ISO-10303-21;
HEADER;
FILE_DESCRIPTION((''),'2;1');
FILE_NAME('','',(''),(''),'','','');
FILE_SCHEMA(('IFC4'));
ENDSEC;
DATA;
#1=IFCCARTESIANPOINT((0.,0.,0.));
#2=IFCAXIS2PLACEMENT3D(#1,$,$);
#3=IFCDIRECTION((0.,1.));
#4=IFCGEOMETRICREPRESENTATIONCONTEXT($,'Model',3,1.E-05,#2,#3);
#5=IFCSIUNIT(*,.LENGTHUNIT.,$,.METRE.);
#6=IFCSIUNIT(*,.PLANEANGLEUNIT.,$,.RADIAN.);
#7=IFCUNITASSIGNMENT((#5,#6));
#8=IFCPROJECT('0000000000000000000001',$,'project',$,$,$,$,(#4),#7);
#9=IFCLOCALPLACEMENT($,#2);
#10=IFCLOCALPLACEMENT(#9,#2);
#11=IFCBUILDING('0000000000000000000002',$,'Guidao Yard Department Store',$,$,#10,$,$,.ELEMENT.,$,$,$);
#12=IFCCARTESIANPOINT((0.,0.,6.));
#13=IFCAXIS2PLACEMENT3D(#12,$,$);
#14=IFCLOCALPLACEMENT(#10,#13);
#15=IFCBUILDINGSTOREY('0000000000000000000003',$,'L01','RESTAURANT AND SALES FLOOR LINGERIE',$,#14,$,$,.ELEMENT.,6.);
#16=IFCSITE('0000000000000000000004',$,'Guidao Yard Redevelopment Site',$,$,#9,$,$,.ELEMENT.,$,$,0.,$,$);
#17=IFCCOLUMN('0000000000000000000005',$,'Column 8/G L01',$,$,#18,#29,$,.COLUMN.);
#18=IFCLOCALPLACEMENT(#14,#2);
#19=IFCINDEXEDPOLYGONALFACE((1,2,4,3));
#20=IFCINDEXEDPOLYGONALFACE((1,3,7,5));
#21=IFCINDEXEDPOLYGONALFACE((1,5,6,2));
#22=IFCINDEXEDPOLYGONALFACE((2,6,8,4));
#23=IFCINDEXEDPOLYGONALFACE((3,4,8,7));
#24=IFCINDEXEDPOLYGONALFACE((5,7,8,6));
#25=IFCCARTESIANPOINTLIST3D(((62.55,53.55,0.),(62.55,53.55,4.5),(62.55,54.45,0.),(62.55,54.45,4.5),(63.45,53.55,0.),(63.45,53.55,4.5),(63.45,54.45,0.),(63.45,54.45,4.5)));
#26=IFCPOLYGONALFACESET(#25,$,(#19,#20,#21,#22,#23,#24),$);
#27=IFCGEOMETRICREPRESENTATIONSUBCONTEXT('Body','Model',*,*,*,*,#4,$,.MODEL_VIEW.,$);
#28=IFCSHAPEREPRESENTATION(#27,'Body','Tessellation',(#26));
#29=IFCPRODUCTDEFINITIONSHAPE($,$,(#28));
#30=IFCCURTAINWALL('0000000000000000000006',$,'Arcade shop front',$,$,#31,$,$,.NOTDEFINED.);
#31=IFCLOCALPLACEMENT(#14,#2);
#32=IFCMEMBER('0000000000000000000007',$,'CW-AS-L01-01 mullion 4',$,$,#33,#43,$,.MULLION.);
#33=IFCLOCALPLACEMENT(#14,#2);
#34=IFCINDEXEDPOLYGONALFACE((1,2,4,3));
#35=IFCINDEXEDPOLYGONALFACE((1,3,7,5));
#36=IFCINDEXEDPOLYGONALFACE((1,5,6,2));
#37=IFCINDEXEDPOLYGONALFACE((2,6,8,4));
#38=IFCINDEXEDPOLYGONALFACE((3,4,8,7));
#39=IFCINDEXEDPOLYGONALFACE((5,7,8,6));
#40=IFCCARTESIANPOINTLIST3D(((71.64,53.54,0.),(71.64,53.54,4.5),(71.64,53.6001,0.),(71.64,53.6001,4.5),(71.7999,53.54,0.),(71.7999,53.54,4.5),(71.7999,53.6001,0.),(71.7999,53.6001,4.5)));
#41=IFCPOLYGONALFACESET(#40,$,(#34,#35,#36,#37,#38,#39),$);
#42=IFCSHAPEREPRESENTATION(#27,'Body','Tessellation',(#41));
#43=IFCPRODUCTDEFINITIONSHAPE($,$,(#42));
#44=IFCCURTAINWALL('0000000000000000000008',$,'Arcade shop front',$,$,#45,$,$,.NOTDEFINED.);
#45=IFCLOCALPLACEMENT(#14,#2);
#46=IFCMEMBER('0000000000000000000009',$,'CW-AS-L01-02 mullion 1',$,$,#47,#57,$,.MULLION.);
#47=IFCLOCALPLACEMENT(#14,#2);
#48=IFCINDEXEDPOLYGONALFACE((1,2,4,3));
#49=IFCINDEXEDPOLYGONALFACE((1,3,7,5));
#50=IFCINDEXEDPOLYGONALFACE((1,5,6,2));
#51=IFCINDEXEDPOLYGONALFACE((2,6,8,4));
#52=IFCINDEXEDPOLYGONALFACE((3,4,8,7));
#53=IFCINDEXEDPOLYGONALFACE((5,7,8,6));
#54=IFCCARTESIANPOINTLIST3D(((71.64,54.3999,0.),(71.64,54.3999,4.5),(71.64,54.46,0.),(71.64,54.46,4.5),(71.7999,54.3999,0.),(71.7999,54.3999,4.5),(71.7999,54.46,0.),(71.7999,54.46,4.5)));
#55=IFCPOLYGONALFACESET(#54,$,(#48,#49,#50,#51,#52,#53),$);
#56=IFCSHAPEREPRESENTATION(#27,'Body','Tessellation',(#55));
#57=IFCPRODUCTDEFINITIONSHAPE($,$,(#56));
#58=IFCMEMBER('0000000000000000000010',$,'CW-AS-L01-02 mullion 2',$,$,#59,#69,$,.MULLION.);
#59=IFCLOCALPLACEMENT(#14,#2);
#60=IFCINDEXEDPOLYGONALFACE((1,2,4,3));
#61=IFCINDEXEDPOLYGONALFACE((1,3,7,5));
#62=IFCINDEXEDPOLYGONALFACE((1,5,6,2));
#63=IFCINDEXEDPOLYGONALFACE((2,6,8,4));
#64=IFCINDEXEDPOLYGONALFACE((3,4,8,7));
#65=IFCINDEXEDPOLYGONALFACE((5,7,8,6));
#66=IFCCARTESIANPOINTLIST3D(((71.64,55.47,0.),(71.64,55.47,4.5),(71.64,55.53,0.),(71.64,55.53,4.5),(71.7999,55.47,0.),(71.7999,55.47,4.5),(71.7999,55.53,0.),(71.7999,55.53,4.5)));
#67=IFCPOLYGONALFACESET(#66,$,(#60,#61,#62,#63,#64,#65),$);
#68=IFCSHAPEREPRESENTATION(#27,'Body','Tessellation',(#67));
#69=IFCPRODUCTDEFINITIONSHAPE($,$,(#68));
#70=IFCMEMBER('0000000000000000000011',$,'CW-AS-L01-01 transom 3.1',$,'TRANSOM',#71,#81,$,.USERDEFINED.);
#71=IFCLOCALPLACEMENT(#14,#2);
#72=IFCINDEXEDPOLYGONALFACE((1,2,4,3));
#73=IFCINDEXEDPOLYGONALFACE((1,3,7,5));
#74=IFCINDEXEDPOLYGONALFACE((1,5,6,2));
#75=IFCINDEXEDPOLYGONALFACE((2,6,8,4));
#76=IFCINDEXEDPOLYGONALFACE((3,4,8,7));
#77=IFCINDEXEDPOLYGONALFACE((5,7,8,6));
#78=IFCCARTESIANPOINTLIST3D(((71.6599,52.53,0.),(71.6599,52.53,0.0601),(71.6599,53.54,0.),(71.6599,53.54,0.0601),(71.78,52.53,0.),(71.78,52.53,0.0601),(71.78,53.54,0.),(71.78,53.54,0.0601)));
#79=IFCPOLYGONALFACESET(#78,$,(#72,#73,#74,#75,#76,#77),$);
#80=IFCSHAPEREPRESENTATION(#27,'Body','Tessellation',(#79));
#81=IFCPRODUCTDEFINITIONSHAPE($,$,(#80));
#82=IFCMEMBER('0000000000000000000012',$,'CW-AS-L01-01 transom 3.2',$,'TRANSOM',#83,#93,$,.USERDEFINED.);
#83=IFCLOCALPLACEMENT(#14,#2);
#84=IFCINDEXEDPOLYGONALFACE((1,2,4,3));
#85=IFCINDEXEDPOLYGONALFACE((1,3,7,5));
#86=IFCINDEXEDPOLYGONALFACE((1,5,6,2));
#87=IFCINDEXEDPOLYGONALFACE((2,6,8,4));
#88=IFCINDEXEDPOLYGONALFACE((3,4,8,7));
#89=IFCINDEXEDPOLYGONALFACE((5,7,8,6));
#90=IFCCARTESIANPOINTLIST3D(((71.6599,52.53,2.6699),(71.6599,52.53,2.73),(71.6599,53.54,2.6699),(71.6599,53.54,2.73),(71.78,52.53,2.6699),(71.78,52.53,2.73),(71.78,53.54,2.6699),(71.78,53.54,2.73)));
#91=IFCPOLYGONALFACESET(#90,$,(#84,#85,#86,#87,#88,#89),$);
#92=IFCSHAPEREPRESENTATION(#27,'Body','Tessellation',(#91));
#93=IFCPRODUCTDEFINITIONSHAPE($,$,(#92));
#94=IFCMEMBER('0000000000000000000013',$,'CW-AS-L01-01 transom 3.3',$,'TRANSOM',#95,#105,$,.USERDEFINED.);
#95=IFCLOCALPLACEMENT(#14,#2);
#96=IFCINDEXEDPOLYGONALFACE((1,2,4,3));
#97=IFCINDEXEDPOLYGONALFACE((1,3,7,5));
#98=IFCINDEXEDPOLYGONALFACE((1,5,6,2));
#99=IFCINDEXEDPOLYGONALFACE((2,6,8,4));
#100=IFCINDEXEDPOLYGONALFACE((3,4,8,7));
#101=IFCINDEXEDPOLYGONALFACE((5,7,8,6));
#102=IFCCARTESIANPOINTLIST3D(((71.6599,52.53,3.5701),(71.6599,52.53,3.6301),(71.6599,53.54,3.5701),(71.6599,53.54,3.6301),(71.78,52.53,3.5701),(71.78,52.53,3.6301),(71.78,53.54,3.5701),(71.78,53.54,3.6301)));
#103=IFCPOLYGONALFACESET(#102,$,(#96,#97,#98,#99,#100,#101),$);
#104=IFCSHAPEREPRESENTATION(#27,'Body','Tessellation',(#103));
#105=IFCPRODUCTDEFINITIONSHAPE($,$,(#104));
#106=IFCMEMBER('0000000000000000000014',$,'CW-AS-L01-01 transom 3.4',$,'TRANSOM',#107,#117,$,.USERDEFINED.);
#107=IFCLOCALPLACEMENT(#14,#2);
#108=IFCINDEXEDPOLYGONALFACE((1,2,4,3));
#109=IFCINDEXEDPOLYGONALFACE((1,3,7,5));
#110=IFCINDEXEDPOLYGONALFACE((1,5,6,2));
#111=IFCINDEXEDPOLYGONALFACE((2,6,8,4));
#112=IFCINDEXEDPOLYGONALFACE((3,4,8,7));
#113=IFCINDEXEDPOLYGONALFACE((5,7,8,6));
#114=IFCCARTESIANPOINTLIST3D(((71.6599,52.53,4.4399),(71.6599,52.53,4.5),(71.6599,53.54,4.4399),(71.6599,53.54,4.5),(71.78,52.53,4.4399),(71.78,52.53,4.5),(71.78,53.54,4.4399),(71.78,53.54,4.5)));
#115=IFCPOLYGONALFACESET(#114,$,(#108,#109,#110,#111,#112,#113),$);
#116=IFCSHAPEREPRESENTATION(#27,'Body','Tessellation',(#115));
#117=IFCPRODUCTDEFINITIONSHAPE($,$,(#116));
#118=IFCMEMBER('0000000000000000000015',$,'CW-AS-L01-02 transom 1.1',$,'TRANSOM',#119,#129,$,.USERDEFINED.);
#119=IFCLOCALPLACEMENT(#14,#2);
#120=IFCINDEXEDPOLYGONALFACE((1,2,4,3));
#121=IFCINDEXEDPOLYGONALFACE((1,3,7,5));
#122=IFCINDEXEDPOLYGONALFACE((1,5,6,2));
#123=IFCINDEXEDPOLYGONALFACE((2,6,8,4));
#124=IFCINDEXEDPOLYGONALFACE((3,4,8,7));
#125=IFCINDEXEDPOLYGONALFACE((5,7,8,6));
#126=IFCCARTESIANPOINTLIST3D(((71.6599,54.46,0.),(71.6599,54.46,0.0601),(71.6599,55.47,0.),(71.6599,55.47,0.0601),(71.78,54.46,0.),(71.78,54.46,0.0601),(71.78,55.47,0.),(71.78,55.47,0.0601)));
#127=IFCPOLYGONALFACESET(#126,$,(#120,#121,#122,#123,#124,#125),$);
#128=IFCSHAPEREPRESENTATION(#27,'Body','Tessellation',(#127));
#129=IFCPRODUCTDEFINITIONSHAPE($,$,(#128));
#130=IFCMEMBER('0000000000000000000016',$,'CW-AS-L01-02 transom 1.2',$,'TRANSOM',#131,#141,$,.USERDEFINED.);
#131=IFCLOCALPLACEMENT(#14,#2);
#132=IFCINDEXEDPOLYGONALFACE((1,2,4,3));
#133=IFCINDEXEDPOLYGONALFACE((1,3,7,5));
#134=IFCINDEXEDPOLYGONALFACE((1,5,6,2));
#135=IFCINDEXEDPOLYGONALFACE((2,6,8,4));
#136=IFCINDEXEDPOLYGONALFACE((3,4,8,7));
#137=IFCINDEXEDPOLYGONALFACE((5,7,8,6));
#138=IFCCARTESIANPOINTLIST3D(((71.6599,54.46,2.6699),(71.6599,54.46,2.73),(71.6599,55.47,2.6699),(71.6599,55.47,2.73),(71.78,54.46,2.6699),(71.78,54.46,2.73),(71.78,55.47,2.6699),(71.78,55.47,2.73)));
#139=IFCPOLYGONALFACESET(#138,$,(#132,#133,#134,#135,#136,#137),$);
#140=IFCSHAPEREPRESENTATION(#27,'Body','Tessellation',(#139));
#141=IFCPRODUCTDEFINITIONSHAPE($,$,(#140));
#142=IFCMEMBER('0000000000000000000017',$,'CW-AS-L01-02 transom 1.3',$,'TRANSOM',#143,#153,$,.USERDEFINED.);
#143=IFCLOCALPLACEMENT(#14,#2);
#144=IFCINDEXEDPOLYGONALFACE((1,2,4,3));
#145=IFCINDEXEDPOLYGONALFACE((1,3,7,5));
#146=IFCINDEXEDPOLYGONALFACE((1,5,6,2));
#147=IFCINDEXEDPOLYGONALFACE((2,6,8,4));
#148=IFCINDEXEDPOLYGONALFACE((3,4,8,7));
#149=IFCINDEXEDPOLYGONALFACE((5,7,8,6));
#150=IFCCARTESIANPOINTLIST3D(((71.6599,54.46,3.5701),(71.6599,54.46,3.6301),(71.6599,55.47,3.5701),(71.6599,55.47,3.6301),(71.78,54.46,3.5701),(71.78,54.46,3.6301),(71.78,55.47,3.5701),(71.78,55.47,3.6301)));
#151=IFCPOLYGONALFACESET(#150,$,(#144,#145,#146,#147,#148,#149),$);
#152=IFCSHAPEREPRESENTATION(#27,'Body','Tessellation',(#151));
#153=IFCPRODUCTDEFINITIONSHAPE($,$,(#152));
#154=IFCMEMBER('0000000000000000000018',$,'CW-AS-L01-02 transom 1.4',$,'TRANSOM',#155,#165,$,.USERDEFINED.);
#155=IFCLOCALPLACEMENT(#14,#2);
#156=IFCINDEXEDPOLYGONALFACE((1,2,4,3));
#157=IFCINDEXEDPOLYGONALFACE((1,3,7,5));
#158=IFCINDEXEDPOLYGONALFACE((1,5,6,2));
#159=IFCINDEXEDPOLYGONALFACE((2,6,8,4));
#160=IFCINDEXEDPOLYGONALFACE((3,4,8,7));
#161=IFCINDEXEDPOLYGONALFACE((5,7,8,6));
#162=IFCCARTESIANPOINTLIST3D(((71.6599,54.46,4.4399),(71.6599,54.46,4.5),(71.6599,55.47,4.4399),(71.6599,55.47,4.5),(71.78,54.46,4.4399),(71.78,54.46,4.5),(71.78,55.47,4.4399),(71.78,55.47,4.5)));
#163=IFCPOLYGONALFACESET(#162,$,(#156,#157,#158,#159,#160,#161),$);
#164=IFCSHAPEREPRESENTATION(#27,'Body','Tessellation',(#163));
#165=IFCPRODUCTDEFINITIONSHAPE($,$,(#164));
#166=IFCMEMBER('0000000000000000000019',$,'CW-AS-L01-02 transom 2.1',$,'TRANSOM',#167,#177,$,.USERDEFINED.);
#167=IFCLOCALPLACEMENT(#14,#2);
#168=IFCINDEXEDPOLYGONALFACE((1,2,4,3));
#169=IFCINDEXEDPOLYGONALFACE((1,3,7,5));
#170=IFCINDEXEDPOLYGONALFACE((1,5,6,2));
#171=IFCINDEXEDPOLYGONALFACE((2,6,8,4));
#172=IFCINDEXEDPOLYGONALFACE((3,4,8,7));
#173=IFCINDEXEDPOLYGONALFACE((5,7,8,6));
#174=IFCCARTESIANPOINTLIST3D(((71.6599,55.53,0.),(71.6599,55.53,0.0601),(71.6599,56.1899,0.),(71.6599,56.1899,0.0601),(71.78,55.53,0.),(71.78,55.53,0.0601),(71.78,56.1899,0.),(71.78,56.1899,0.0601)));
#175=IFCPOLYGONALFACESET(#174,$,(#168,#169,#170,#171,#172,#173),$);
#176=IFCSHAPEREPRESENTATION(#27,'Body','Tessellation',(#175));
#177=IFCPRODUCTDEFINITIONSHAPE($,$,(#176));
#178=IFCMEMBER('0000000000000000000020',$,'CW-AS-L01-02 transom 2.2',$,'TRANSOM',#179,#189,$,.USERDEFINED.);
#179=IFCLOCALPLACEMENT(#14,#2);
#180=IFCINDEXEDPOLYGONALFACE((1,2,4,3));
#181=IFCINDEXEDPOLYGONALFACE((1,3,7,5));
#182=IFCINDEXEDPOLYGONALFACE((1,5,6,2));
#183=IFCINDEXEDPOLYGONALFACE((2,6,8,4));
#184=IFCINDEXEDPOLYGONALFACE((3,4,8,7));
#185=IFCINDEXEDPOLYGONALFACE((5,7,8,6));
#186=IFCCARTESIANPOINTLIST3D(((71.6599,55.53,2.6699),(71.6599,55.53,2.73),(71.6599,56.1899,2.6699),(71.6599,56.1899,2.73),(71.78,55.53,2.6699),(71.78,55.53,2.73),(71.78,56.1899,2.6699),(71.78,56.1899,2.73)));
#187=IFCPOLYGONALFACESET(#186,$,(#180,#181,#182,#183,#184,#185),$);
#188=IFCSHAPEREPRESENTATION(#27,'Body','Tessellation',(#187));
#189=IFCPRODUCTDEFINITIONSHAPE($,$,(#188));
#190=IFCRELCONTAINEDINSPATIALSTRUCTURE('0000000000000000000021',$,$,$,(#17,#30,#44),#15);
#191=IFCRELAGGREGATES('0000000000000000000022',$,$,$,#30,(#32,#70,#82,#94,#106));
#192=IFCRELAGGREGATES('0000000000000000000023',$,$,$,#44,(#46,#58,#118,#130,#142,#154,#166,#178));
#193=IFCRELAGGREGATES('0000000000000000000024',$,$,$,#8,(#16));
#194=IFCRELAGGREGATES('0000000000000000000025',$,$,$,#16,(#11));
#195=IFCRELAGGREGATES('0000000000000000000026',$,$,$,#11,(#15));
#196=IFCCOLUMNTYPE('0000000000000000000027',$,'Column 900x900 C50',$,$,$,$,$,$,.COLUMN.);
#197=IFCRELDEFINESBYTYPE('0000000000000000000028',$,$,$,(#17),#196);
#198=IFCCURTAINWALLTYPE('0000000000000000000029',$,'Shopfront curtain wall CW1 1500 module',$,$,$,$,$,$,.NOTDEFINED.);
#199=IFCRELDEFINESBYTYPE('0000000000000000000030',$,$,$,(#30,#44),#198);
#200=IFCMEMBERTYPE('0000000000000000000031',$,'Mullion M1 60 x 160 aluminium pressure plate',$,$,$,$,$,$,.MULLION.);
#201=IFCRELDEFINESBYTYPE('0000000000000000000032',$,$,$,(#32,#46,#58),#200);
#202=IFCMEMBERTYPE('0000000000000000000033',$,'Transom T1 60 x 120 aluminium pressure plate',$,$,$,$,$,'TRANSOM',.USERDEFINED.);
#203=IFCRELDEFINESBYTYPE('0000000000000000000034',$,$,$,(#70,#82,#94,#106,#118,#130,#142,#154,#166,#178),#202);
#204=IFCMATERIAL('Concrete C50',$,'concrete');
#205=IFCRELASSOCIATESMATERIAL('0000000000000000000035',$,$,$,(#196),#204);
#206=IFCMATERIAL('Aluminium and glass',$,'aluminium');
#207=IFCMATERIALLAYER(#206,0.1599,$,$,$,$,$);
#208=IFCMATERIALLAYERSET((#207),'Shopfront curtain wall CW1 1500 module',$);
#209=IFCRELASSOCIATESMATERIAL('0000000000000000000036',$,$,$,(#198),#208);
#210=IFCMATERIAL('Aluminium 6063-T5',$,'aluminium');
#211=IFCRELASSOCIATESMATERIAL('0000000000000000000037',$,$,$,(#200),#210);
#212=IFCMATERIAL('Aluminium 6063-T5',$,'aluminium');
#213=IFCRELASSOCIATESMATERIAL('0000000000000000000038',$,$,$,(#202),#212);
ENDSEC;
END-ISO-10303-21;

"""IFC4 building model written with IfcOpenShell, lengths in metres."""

from ifc_helpers import new_model, si_unit, direction, frame, origin, origin_2d, place, context, subcontext, project, spatial, rectangle, extrude, material, layer, layer_set, material_profile, profile_set, type_object, element, aggregate, save


model = new_model("IFC4")

# Units and contexts
model_context = context("Model", 3, precision=1e-05, world=origin(), true_north=direction((0.0, 1.0)))
body_context = subcontext(model_context, "Body", "Model", "MODEL_VIEW")
ifc_project = project(units=[si_unit("LENGTHUNIT", "METRE"), si_unit("PLANEANGLEUNIT", "RADIAN")], contexts=[model_context])

# Site, building, storey
site_placement = place(None, origin())
site = spatial("IfcSite", under=ifc_project, at=site_placement, Name="Guidao Yard Redevelopment Site", CompositionType="ELEMENT", RefElevation=0.0)
building_placement = place(site_placement, origin())
building = spatial("IfcBuilding", under=site, at=building_placement, Name="Guidao Yard Department Store", CompositionType="ELEMENT")
storey_placement = place(building_placement, frame((0.0, 0.0, 6.0)))
storey = spatial("IfcBuildingStorey", under=building, at=storey_placement, Name="L01", Description="RESTAURANT AND SALES FLOOR LINGERIE", CompositionType="ELEMENT", Elevation=6.0)

# Column
ifc_material_1 = material(Name="Concrete C50", Category="concrete")
ifc_material_profile_1 = material_profile(ifc_material_1, rectangle(XDim=0.8999, YDim=0.8999, at=origin_2d()), Name="COL 900x900")
ifc_profile_set_1 = profile_set([ifc_material_profile_1], Name="Concrete C50")
column_type = type_object("IfcColumnType", Name="Column 900x900 C50", PredefinedType="COLUMN", material=ifc_profile_set_1)
column_placement = place(storey_placement, frame((63.0, 54.0, 0.0), z_axis=(0.0, 0.0, 1.0), x_axis=(1.0, 0.0, 0.0)))
element("IfcColumn", 1, at=column_placement, inside=storey, type_object=column_type, Name="Column 8/G L01", PredefinedType="COLUMN", context=body_context, shape_type="SweptSolid", body=[
    extrude(rectangle(XDim=0.8999, YDim=0.8999, at=origin_2d()), origin(), (0.0, 0.0, 1.0), 4.5),
])

# Curtain wall, member
ifc_material_2 = material(Name="Aluminium and glass", Category="aluminium")
ifc_layer_1 = layer(ifc_material_2, 0.1599)
ifc_layer_set_1 = layer_set([ifc_layer_1], Name="Shopfront curtain wall CW1 1500 module")
curtain_wall_type = type_object("IfcCurtainWallType", Name="Shopfront curtain wall CW1 1500 module", PredefinedType="NOTDEFINED", material=ifc_layer_set_1)
curtain_wall_1_placement = place(storey_placement, origin())
curtain_wall_1 = element("IfcCurtainWall", 2, at=curtain_wall_1_placement, inside=storey, type_object=curtain_wall_type, Name="Arcade shop front", PredefinedType="NOTDEFINED")
ifc_material_3 = material(Name="Aluminium 6063-T5", Category="aluminium")
ifc_material_profile_2 = material_profile(ifc_material_3, rectangle(XDim=0.0601, YDim=0.1599, at=origin_2d()), Name="Mullion M1 60 x 160 aluminium pressure plate")
ifc_profile_set_2 = profile_set([ifc_material_profile_2], Name="Aluminium 6063-T5")
member_type_1 = type_object("IfcMemberType", Name="Mullion M1 60 x 160 aluminium pressure plate", PredefinedType="MULLION", material=ifc_profile_set_2)
member_1_placement = place(storey_placement, frame((71.72, 53.5701, 0.0), z_axis=(0.0, 0.0, 1.0), x_axis=(0.0, 1.0, 0.0)))
member_1 = element("IfcMember", 3, at=member_1_placement, type_object=member_type_1, Name="CW-AS-L01-01 mullion 4", PredefinedType="MULLION", context=body_context, shape_type="SweptSolid", body=[
    extrude(rectangle(XDim=0.0601, YDim=0.1599, at=origin_2d()), origin(), (0.0, 0.0, 1.0), 4.5),
])

# Curtain wall, members
curtain_wall_2_placement = place(storey_placement, origin())
curtain_wall_2 = element("IfcCurtainWall", 4, at=curtain_wall_2_placement, inside=storey, type_object=curtain_wall_type, Name="Arcade shop front", PredefinedType="NOTDEFINED")
member_2_placement = place(storey_placement, frame((71.72, 54.4299, 0.0), z_axis=(0.0, 0.0, 1.0), x_axis=(0.0, 1.0, 0.0)))
member_2 = element("IfcMember", 5, at=member_2_placement, type_object=member_type_1, Name="CW-AS-L01-02 mullion 1", PredefinedType="MULLION", context=body_context, shape_type="SweptSolid", body=[
    extrude(rectangle(XDim=0.0601, YDim=0.1599, at=origin_2d()), origin(), (0.0, 0.0, 1.0), 4.5),
])
member_3_placement = place(storey_placement, frame((71.72, 55.5, 0.0), z_axis=(0.0, 0.0, 1.0), x_axis=(0.0, 1.0, 0.0)))
member_3 = element("IfcMember", 6, at=member_3_placement, type_object=member_type_1, Name="CW-AS-L01-02 mullion 2", PredefinedType="MULLION", context=body_context, shape_type="SweptSolid", body=[
    extrude(rectangle(XDim=0.0601, YDim=0.1599, at=origin_2d()), origin(), (0.0, 0.0, 1.0), 4.5),
])

# Members
ifc_material_4 = material(Name="Aluminium 6063-T5", Category="aluminium")
ifc_material_profile_3 = material_profile(ifc_material_4, rectangle(XDim=0.1201, YDim=0.0601, at=origin_2d()), Name="Transom T1 60 x 120 aluminium pressure plate")
ifc_profile_set_3 = profile_set([ifc_material_profile_3], Name="Aluminium 6063-T5")
member_type_2 = type_object("IfcMemberType", Name="Transom T1 60 x 120 aluminium pressure plate", ElementType="TRANSOM", PredefinedType="USERDEFINED", material=ifc_profile_set_3)
member_4_placement = place(storey_placement, frame((71.72, 52.53, 0.03), z_axis=(0.0, 1.0, 0.0), x_axis=(-1.0, 0.0, 0.0)))
member_4 = element("IfcMember", 7, at=member_4_placement, type_object=member_type_2, Name="CW-AS-L01-01 transom 3.1", ObjectType="TRANSOM", PredefinedType="USERDEFINED", context=body_context, shape_type="SweptSolid", body=[
    extrude(rectangle(XDim=0.1201, YDim=0.0601, at=origin_2d()), origin(), (0.0, 0.0, 1.0), 1.01),
])
member_5_placement = place(storey_placement, frame((71.72, 52.53, 2.7), z_axis=(0.0, 1.0, 0.0), x_axis=(-1.0, 0.0, 0.0)))
member_5 = element("IfcMember", 8, at=member_5_placement, type_object=member_type_2, Name="CW-AS-L01-01 transom 3.2", ObjectType="TRANSOM", PredefinedType="USERDEFINED", context=body_context, shape_type="SweptSolid", body=[
    extrude(rectangle(XDim=0.1201, YDim=0.0601, at=origin_2d()), origin(), (0.0, 0.0, 1.0), 1.01),
])
member_6_placement = place(storey_placement, frame((71.72, 52.53, 3.6001), z_axis=(0.0, 1.0, 0.0), x_axis=(-1.0, 0.0, 0.0)))
member_6 = element("IfcMember", 9, at=member_6_placement, type_object=member_type_2, Name="CW-AS-L01-01 transom 3.3", ObjectType="TRANSOM", PredefinedType="USERDEFINED", context=body_context, shape_type="SweptSolid", body=[
    extrude(rectangle(XDim=0.1201, YDim=0.0601, at=origin_2d()), origin(), (0.0, 0.0, 1.0), 1.01),
])
member_7_placement = place(storey_placement, frame((71.72, 52.53, 4.47), z_axis=(0.0, 1.0, 0.0), x_axis=(-1.0, 0.0, 0.0)))
member_7 = element("IfcMember", 10, at=member_7_placement, type_object=member_type_2, Name="CW-AS-L01-01 transom 3.4", ObjectType="TRANSOM", PredefinedType="USERDEFINED", context=body_context, shape_type="SweptSolid", body=[
    extrude(rectangle(XDim=0.1201, YDim=0.0601, at=origin_2d()), origin(), (0.0, 0.0, 1.0), 1.01),
])
member_8_placement = place(storey_placement, frame((71.72, 54.46, 0.03), z_axis=(0.0, 1.0, 0.0), x_axis=(-1.0, 0.0, 0.0)))
member_8 = element("IfcMember", 11, at=member_8_placement, type_object=member_type_2, Name="CW-AS-L01-02 transom 1.1", ObjectType="TRANSOM", PredefinedType="USERDEFINED", context=body_context, shape_type="SweptSolid", body=[
    extrude(rectangle(XDim=0.1201, YDim=0.0601, at=origin_2d()), origin(), (0.0, 0.0, 1.0), 1.01),
])
member_9_placement = place(storey_placement, frame((71.72, 54.46, 2.7), z_axis=(0.0, 1.0, 0.0), x_axis=(-1.0, 0.0, 0.0)))
member_9 = element("IfcMember", 12, at=member_9_placement, type_object=member_type_2, Name="CW-AS-L01-02 transom 1.2", ObjectType="TRANSOM", PredefinedType="USERDEFINED", context=body_context, shape_type="SweptSolid", body=[
    extrude(rectangle(XDim=0.1201, YDim=0.0601, at=origin_2d()), origin(), (0.0, 0.0, 1.0), 1.01),
])
member_10_placement = place(storey_placement, frame((71.72, 54.46, 3.6001), z_axis=(0.0, 1.0, 0.0), x_axis=(-1.0, 0.0, 0.0)))
member_10 = element("IfcMember", 13, at=member_10_placement, type_object=member_type_2, Name="CW-AS-L01-02 transom 1.3", ObjectType="TRANSOM", PredefinedType="USERDEFINED", context=body_context, shape_type="SweptSolid", body=[
    extrude(rectangle(XDim=0.1201, YDim=0.0601, at=origin_2d()), origin(), (0.0, 0.0, 1.0), 1.01),
])
member_11_placement = place(storey_placement, frame((71.72, 54.46, 4.47), z_axis=(0.0, 1.0, 0.0), x_axis=(-1.0, 0.0, 0.0)))
member_11 = element("IfcMember", 14, at=member_11_placement, type_object=member_type_2, Name="CW-AS-L01-02 transom 1.4", ObjectType="TRANSOM", PredefinedType="USERDEFINED", context=body_context, shape_type="SweptSolid", body=[
    extrude(rectangle(XDim=0.1201, YDim=0.0601, at=origin_2d()), origin(), (0.0, 0.0, 1.0), 1.01),
])
member_12_placement = place(storey_placement, frame((71.72, 55.53, 0.03), z_axis=(0.0, 1.0, 0.0), x_axis=(-1.0, 0.0, 0.0)))
member_12 = element("IfcMember", 15, at=member_12_placement, type_object=member_type_2, Name="CW-AS-L01-02 transom 2.1", ObjectType="TRANSOM", PredefinedType="USERDEFINED", context=body_context, shape_type="SweptSolid", body=[
    extrude(rectangle(XDim=0.1201, YDim=0.0601, at=origin_2d()), origin(), (0.0, 0.0, 1.0), 0.6599),
])
member_13_placement = place(storey_placement, frame((71.72, 55.53, 2.7), z_axis=(0.0, 1.0, 0.0), x_axis=(-1.0, 0.0, 0.0)))
member_13 = element("IfcMember", 16, at=member_13_placement, type_object=member_type_2, Name="CW-AS-L01-02 transom 2.2", ObjectType="TRANSOM", PredefinedType="USERDEFINED", context=body_context, shape_type="SweptSolid", body=[
    extrude(rectangle(XDim=0.1201, YDim=0.0601, at=origin_2d()), origin(), (0.0, 0.0, 1.0), 0.6599),
])

aggregate(curtain_wall_1, [member_1, member_4, member_5, member_6, member_7])
aggregate(curtain_wall_2, [member_2, member_3, member_8, member_9, member_10, member_11, member_12, member_13])

save(model, "model.ifc")
